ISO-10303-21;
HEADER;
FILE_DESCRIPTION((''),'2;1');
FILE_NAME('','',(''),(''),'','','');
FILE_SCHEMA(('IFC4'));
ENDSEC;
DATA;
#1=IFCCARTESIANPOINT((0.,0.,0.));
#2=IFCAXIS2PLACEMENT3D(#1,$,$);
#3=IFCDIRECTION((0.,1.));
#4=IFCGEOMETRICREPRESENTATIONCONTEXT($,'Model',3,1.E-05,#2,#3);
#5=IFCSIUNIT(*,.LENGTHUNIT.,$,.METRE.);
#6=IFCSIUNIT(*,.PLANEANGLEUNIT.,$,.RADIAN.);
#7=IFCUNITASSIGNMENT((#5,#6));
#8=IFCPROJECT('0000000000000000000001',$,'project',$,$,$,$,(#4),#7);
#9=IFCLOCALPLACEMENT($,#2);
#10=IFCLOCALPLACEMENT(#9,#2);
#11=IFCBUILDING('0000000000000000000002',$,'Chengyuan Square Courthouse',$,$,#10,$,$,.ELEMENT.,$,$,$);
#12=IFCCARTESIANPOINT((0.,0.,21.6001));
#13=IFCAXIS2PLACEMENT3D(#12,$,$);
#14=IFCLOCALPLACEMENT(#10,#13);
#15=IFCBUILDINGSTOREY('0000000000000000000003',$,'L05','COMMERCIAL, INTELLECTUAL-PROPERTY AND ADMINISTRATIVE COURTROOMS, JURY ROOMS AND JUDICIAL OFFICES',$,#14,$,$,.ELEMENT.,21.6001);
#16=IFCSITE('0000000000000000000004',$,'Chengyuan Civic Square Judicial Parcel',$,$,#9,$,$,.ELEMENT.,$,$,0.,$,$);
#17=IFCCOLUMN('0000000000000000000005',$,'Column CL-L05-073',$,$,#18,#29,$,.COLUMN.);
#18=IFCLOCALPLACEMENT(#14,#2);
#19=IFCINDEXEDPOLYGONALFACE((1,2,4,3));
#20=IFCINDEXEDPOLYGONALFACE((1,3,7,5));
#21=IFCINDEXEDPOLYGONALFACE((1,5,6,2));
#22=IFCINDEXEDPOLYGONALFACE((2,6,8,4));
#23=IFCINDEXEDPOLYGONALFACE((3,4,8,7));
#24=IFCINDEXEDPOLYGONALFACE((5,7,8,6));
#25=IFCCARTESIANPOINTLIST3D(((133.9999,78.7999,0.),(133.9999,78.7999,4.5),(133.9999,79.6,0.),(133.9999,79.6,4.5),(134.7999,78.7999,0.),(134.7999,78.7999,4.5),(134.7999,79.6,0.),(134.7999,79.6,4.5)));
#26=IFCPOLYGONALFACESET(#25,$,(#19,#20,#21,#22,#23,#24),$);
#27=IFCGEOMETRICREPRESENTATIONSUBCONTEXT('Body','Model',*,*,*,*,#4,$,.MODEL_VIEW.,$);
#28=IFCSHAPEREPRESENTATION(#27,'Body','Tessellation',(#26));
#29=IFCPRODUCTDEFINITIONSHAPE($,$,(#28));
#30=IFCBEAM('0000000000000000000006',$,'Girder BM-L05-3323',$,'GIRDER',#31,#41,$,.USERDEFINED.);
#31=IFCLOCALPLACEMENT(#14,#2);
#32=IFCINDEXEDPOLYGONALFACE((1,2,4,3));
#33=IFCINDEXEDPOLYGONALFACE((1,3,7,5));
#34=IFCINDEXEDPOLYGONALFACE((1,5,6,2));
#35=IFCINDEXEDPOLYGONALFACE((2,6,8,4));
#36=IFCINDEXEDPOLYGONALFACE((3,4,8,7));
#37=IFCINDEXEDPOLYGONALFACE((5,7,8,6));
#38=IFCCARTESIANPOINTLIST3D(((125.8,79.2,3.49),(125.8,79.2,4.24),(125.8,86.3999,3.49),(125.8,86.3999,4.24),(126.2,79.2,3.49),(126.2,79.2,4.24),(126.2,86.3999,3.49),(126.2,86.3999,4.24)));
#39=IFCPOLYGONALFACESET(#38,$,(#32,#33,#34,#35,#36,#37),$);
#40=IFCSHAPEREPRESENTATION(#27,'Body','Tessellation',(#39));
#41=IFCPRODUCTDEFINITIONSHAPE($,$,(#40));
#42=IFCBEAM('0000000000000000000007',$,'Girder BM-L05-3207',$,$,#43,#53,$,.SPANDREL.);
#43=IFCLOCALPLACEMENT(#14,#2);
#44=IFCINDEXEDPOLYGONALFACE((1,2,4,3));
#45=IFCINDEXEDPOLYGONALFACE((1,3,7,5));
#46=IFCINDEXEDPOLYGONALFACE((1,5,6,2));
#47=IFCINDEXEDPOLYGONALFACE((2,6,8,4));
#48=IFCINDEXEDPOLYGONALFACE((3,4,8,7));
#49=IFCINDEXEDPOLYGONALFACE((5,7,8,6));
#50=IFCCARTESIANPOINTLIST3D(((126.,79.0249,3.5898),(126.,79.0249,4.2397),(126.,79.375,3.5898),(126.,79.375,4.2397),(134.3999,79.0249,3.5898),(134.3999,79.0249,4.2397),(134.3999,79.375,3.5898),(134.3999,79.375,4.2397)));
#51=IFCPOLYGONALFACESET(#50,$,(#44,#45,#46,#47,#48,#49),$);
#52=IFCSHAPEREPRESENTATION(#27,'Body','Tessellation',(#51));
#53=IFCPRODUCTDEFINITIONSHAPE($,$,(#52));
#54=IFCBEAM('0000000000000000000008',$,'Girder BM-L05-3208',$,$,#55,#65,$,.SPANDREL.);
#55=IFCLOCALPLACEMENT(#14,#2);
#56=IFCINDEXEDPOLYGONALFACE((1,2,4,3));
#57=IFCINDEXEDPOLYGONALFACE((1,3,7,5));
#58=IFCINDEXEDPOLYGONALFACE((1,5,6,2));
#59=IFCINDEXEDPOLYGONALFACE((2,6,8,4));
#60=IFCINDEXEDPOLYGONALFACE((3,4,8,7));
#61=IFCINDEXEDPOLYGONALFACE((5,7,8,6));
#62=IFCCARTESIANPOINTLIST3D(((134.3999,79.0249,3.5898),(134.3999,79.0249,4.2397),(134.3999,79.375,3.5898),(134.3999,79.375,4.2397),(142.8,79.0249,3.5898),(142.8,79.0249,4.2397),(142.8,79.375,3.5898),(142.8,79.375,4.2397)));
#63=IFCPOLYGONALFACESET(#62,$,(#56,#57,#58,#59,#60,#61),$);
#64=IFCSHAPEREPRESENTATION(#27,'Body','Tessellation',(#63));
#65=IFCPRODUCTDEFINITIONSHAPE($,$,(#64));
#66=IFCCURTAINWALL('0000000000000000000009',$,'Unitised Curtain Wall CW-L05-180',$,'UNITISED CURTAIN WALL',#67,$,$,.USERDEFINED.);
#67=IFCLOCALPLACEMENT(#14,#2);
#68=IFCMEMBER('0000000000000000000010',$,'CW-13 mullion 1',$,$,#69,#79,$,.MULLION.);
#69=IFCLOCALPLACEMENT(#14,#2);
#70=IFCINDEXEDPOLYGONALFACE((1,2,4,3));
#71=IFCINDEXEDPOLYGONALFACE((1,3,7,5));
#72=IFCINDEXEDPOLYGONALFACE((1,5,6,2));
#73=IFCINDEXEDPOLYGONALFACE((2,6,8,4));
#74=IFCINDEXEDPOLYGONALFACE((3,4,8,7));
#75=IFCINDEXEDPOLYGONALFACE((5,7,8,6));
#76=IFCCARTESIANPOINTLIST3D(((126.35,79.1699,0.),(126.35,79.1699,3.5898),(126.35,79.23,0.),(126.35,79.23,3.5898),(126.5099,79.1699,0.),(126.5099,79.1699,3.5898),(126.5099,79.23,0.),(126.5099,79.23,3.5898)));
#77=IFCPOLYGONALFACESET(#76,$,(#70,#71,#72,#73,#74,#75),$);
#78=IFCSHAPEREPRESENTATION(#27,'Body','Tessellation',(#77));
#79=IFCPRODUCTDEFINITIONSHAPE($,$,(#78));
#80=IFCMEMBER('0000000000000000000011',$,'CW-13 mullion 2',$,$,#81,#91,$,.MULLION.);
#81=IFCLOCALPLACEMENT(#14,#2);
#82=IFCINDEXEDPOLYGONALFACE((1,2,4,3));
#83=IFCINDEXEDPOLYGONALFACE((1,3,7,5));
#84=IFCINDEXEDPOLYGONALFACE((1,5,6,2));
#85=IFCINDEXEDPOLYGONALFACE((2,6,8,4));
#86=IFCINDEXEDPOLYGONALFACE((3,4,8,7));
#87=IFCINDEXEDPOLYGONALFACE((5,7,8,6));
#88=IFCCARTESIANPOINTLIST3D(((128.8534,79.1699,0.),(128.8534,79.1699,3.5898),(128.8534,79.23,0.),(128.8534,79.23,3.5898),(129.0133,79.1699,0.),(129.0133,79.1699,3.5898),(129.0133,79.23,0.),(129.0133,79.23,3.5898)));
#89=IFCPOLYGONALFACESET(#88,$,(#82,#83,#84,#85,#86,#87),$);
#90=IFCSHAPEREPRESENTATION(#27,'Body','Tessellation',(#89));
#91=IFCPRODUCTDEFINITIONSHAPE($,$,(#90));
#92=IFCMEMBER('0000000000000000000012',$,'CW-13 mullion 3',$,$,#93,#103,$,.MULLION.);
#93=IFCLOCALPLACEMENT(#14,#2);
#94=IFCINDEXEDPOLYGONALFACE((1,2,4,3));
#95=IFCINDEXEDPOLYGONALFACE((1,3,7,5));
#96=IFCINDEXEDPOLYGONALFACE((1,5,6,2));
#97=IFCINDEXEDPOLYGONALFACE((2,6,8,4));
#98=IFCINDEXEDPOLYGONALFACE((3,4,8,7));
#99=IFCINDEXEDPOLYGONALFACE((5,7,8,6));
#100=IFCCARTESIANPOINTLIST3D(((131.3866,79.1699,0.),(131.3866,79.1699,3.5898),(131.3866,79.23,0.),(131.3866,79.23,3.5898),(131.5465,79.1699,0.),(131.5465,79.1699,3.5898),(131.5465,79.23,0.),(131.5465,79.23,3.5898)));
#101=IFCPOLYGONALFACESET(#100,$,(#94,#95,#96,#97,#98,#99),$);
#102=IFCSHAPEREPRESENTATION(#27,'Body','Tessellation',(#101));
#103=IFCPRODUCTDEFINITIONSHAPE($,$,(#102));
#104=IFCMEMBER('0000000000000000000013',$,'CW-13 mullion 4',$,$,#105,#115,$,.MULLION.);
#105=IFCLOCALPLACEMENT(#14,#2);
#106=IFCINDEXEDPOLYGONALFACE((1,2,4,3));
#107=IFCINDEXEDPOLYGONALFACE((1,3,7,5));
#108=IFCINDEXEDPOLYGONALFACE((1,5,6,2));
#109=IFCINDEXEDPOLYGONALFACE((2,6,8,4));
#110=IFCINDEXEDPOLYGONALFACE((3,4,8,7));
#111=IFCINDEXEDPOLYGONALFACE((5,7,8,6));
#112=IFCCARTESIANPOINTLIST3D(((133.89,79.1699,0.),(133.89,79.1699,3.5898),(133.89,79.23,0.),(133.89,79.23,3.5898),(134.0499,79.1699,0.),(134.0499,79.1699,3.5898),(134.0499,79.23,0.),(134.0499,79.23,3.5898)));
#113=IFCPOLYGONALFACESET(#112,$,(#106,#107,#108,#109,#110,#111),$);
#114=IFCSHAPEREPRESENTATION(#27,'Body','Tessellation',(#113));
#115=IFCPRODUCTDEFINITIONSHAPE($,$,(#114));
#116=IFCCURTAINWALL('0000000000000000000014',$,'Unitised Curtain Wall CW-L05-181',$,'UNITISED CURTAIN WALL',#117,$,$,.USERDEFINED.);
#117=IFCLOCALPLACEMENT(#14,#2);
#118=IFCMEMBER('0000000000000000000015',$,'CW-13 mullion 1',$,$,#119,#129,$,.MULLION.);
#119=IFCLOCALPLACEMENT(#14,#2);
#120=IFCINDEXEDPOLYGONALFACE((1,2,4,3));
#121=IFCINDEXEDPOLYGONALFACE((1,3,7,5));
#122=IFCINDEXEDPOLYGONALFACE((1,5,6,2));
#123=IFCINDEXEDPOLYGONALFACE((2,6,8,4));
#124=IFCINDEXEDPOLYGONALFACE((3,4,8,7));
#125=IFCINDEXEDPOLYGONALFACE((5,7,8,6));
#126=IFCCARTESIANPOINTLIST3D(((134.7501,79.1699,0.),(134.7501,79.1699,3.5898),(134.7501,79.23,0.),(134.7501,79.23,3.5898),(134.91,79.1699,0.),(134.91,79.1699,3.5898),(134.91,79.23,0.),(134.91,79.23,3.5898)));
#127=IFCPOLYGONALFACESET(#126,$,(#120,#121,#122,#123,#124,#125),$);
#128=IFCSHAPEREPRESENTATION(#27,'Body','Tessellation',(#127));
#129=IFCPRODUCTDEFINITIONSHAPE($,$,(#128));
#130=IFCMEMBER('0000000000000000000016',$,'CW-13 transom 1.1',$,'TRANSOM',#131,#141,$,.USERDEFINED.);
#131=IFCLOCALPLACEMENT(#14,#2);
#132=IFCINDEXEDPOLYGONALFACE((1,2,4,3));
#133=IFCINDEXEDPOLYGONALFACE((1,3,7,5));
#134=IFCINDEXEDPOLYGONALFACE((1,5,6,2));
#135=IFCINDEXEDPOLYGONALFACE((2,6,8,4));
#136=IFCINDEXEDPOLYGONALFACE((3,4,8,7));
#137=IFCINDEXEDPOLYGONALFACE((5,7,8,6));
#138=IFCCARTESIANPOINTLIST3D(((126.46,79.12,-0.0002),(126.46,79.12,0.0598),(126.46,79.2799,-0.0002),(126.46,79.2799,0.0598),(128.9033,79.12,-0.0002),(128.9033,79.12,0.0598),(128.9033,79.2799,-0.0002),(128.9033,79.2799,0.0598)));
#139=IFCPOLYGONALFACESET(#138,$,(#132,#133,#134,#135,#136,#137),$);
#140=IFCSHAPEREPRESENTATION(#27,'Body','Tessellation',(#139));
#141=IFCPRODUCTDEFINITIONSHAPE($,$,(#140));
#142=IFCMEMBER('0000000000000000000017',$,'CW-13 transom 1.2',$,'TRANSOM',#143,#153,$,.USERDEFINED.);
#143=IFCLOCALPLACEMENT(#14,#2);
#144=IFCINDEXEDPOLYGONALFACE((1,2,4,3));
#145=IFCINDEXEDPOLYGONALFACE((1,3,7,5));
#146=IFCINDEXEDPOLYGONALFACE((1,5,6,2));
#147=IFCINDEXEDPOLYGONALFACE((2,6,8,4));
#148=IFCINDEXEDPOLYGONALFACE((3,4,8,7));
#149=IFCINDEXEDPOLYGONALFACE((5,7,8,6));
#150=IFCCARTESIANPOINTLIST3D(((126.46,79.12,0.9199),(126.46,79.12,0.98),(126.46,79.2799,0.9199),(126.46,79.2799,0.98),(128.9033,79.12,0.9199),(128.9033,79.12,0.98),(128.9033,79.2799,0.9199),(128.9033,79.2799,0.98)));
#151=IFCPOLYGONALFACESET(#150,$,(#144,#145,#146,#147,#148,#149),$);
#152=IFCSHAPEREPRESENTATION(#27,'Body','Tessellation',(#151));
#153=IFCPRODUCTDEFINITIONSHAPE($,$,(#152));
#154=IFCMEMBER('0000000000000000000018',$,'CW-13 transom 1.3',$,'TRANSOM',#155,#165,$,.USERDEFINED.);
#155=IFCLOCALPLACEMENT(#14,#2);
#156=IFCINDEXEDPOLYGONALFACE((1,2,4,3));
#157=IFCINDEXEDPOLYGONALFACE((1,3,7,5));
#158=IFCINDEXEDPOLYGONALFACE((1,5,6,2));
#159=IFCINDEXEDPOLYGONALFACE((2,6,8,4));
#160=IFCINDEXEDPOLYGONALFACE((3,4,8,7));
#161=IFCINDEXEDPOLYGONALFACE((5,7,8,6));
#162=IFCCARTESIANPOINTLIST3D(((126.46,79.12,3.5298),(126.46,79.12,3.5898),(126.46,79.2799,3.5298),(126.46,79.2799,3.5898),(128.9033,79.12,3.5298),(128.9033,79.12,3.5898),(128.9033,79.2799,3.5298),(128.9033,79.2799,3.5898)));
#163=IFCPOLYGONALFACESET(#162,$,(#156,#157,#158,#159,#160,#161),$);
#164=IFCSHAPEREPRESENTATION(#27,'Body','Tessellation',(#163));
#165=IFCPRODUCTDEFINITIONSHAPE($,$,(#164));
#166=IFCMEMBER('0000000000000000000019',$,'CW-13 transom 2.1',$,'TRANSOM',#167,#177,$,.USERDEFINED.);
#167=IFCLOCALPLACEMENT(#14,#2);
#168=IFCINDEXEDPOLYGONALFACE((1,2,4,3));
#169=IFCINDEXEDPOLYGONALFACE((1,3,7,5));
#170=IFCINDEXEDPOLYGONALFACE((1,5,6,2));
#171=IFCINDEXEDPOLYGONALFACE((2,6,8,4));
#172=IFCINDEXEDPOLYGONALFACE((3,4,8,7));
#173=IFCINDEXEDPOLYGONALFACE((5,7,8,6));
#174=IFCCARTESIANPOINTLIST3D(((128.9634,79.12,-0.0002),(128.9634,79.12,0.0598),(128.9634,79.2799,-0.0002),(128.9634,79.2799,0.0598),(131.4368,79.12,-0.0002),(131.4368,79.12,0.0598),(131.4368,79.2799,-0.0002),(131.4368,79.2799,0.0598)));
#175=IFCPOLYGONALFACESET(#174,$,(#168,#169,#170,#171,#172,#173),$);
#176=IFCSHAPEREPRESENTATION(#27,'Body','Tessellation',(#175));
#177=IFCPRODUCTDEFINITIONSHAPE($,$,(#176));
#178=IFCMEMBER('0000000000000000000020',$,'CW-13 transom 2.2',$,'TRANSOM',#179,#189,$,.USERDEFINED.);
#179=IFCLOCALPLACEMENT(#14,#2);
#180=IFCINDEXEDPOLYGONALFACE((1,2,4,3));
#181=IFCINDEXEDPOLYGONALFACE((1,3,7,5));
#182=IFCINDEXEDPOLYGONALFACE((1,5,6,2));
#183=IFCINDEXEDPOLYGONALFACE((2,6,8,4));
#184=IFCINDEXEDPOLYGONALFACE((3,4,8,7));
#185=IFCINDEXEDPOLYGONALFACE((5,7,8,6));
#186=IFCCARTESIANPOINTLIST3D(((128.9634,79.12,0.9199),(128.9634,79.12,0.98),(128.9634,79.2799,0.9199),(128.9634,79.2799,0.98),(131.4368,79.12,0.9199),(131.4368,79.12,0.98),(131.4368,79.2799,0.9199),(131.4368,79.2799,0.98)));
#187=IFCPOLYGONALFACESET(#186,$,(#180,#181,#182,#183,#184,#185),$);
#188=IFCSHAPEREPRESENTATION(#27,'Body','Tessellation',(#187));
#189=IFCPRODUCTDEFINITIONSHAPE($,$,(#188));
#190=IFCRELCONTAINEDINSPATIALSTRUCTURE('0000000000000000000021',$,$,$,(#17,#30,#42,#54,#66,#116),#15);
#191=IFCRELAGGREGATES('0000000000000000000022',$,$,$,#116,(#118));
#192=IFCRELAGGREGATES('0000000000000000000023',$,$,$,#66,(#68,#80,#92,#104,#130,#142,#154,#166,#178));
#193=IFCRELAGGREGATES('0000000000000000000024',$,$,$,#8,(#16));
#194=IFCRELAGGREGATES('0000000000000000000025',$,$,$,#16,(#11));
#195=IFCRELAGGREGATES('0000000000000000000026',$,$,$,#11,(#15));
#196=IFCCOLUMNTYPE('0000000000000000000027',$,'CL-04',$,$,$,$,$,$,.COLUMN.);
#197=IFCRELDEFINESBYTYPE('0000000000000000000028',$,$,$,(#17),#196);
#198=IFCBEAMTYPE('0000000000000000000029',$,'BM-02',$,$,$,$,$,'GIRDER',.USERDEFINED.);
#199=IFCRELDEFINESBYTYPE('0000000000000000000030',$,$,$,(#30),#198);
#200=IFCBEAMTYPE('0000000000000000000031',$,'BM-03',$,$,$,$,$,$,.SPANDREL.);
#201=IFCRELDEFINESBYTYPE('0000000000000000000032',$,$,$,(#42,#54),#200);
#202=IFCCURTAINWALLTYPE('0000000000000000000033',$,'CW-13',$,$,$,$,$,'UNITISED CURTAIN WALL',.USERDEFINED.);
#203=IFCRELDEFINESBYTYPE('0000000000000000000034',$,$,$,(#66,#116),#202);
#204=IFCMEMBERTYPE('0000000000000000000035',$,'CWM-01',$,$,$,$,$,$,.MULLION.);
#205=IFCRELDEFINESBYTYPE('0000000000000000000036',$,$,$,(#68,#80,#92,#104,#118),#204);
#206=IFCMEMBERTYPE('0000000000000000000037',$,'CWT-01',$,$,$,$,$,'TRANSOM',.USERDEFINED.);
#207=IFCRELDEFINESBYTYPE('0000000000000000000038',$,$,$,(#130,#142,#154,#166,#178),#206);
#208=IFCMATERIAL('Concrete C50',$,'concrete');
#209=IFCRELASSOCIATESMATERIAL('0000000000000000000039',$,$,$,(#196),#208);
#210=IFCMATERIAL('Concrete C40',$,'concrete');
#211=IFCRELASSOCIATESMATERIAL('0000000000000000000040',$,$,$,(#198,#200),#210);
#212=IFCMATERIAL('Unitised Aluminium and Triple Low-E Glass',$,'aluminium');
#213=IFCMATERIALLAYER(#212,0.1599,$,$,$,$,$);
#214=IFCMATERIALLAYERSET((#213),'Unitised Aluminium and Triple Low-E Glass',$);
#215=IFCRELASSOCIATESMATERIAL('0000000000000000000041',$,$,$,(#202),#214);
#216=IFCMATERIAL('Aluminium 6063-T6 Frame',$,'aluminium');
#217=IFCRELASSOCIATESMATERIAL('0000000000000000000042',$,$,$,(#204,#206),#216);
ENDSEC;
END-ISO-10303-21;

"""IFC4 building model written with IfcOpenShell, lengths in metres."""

from ifc_helpers import new_model, si_unit, direction, frame, origin, origin_2d, place, context, subcontext, project, spatial, rectangle, extrude, material, layer, layer_set, material_profile, profile_set, type_object, element, aggregate, save


model = new_model("IFC4")

# Units and contexts
model_context = context("Model", 3, precision=1e-05, world=origin(), true_north=direction((0.0, 1.0)))
body_context = subcontext(model_context, "Body", "Model", "MODEL_VIEW")
ifc_project = project(units=[si_unit("LENGTHUNIT", "METRE"), si_unit("PLANEANGLEUNIT", "RADIAN")], contexts=[model_context])

# Site, building, storey
site_placement = place(None, origin())
site = spatial("IfcSite", under=ifc_project, at=site_placement, Name="Chengyuan Civic Square Judicial Parcel", CompositionType="ELEMENT", RefElevation=0.0)
building_placement = place(site_placement, origin())
building = spatial("IfcBuilding", under=site, at=building_placement, Name="Chengyuan Square Courthouse", CompositionType="ELEMENT")
storey_placement = place(building_placement, frame((0.0, 0.0, 21.6001)))
storey = spatial("IfcBuildingStorey", under=building, at=storey_placement, Name="L05", Description="COMMERCIAL, INTELLECTUAL-PROPERTY AND ADMINISTRATIVE COURTROOMS, JURY ROOMS AND JUDICIAL OFFICES", CompositionType="ELEMENT", Elevation=21.6001)

# Column
ifc_material_1 = material(Name="Concrete C50", Category="concrete")
ifc_material_profile_1 = material_profile(ifc_material_1, rectangle(XDim=0.8, YDim=0.8, at=origin_2d()), Name="RC-COL-800x800")
ifc_profile_set_1 = profile_set([ifc_material_profile_1], Name="Concrete C50")
column_type = type_object("IfcColumnType", Name="CL-04", PredefinedType="COLUMN", material=ifc_profile_set_1)
column_placement = place(storey_placement, frame((134.3999, 79.2, 0.0), z_axis=(0.0, 0.0, 1.0), x_axis=(1.0, 0.0, 0.0)))
element("IfcColumn", 1, at=column_placement, inside=storey, type_object=column_type, Name="Column CL-L05-073", PredefinedType="COLUMN", context=body_context, shape_type="SweptSolid", body=[
    extrude(rectangle(XDim=0.8, YDim=0.8, at=origin_2d()), origin(), (0.0, 0.0, 1.0), 4.5),
])

# Beams
ifc_material_2 = material(Name="Concrete C40", Category="concrete")
ifc_material_profile_2 = material_profile(ifc_material_2, rectangle(XDim=0.3999, YDim=0.75, at=origin_2d()), Name="RC-BM-400x750")
ifc_profile_set_2 = profile_set([ifc_material_profile_2], Name="Concrete C40")
beam_type_1 = type_object("IfcBeamType", Name="BM-02", ElementType="GIRDER", PredefinedType="USERDEFINED", material=ifc_profile_set_2)
beam_1_placement = place(storey_placement, frame((126.0, 79.2, 3.865), z_axis=(0.0, 1.0, 0.0), x_axis=(-1.0, 0.0, 0.0)))
element("IfcBeam", 2, at=beam_1_placement, inside=storey, type_object=beam_type_1, Name="Girder BM-L05-3323", ObjectType="GIRDER", PredefinedType="USERDEFINED", context=body_context, shape_type="SweptSolid", body=[
    extrude(rectangle(XDim=0.3999, YDim=0.75, at=origin_2d()), origin(), (0.0, 0.0, 1.0), 7.2),
])
ifc_material_profile_3 = material_profile(ifc_material_2, rectangle(XDim=0.3501, YDim=0.6499, at=origin_2d()), Name="RC-BM-350x650")
ifc_profile_set_3 = profile_set([ifc_material_profile_3], Name="Concrete C40")
beam_type_2 = type_object("IfcBeamType", Name="BM-03", PredefinedType="SPANDREL", material=ifc_profile_set_3)
beam_2_placement = place(storey_placement, frame((126.0, 79.2, 3.9148), z_axis=(1.0, 0.0, 0.0), x_axis=(0.0, 1.0, 0.0)))
element("IfcBeam", 3, at=beam_2_placement, inside=storey, type_object=beam_type_2, Name="Girder BM-L05-3207", PredefinedType="SPANDREL", context=body_context, shape_type="SweptSolid", body=[
    extrude(rectangle(XDim=0.3501, YDim=0.6499, at=origin_2d()), origin(), (0.0, 0.0, 1.0), 8.3999),
])
beam_3_placement = place(storey_placement, frame((134.3999, 79.2, 3.9148), z_axis=(1.0, 0.0, 0.0), x_axis=(0.0, 1.0, 0.0)))
element("IfcBeam", 4, at=beam_3_placement, inside=storey, type_object=beam_type_2, Name="Girder BM-L05-3208", PredefinedType="SPANDREL", context=body_context, shape_type="SweptSolid", body=[
    extrude(rectangle(XDim=0.3501, YDim=0.6499, at=origin_2d()), origin(), (0.0, 0.0, 1.0), 8.4001),
])

# Curtain wall, members
ifc_material_3 = material(Name="Unitised Aluminium and Triple Low-E Glass", Category="aluminium")
ifc_layer_1 = layer(ifc_material_3, 0.1599)
ifc_layer_set_1 = layer_set([ifc_layer_1], Name="Unitised Aluminium and Triple Low-E Glass")
curtain_wall_type = type_object("IfcCurtainWallType", Name="CW-13", ElementType="UNITISED CURTAIN WALL", PredefinedType="USERDEFINED", material=ifc_layer_set_1)
curtain_wall_1_placement = place(storey_placement, origin())
curtain_wall_1 = element("IfcCurtainWall", 5, at=curtain_wall_1_placement, inside=storey, type_object=curtain_wall_type, Name="Unitised Curtain Wall CW-L05-180", ObjectType="UNITISED CURTAIN WALL", PredefinedType="USERDEFINED")
ifc_material_4 = material(Name="Aluminium 6063-T6 Frame", Category="aluminium")
ifc_material_profile_4 = material_profile(ifc_material_4, rectangle(XDim=0.0601, YDim=0.1599, at=origin_2d()), Name="CW-MUL-60x160")
ifc_profile_set_4 = profile_set([ifc_material_profile_4], Name="Aluminium 6063-T6 Frame")
member_type_1 = type_object("IfcMemberType", Name="CWM-01", PredefinedType="MULLION", material=ifc_profile_set_4)
member_1_placement = place(storey_placement, frame((126.4299, 79.2, 0.0), z_axis=(0.0, 0.0, 1.0), x_axis=(0.0, 1.0, 0.0)))
member_1 = element("IfcMember", 6, at=member_1_placement, type_object=member_type_1, Name="CW-13 mullion 1", PredefinedType="MULLION", context=body_context, shape_type="SweptSolid", body=[
    extrude(rectangle(XDim=0.0601, YDim=0.1599, at=origin_2d()), origin(), (0.0, 0.0, 1.0), 3.5898),
])
member_2_placement = place(storey_placement, frame((128.9333, 79.2, 0.0), z_axis=(0.0, 0.0, 1.0), x_axis=(0.0, 1.0, 0.0)))
member_2 = element("IfcMember", 7, at=member_2_placement, type_object=member_type_1, Name="CW-13 mullion 2", PredefinedType="MULLION", context=body_context, shape_type="SweptSolid", body=[
    extrude(rectangle(XDim=0.0601, YDim=0.1599, at=origin_2d()), origin(), (0.0, 0.0, 1.0), 3.5898),
])
member_3_placement = place(storey_placement, frame((131.4666, 79.2, 0.0), z_axis=(0.0, 0.0, 1.0), x_axis=(0.0, 1.0, 0.0)))
member_3 = element("IfcMember", 8, at=member_3_placement, type_object=member_type_1, Name="CW-13 mullion 3", PredefinedType="MULLION", context=body_context, shape_type="SweptSolid", body=[
    extrude(rectangle(XDim=0.0601, YDim=0.1599, at=origin_2d()), origin(), (0.0, 0.0, 1.0), 3.5898),
])
member_4_placement = place(storey_placement, frame((133.97, 79.2, 0.0), z_axis=(0.0, 0.0, 1.0), x_axis=(0.0, 1.0, 0.0)))
member_4 = element("IfcMember", 9, at=member_4_placement, type_object=member_type_1, Name="CW-13 mullion 4", PredefinedType="MULLION", context=body_context, shape_type="SweptSolid", body=[
    extrude(rectangle(XDim=0.0601, YDim=0.1599, at=origin_2d()), origin(), (0.0, 0.0, 1.0), 3.5898),
])

# Curtain wall, member
curtain_wall_2_placement = place(storey_placement, origin())
curtain_wall_2 = element("IfcCurtainWall", 10, at=curtain_wall_2_placement, inside=storey, type_object=curtain_wall_type, Name="Unitised Curtain Wall CW-L05-181", ObjectType="UNITISED CURTAIN WALL", PredefinedType="USERDEFINED")
member_5_placement = place(storey_placement, frame((134.8301, 79.2, 0.0), z_axis=(0.0, 0.0, 1.0), x_axis=(0.0, 1.0, 0.0)))
member_5 = element("IfcMember", 11, at=member_5_placement, type_object=member_type_1, Name="CW-13 mullion 1", PredefinedType="MULLION", context=body_context, shape_type="SweptSolid", body=[
    extrude(rectangle(XDim=0.0601, YDim=0.1599, at=origin_2d()), origin(), (0.0, 0.0, 1.0), 3.5898),
])

# Members
ifc_material_profile_5 = material_profile(ifc_material_4, rectangle(XDim=0.1599, YDim=0.0601, at=origin_2d()), Name="CW-TRN-60x120")
ifc_profile_set_5 = profile_set([ifc_material_profile_5], Name="Aluminium 6063-T6 Frame")
member_type_2 = type_object("IfcMemberType", Name="CWT-01", ElementType="TRANSOM", PredefinedType="USERDEFINED", material=ifc_profile_set_5)
member_6_placement = place(storey_placement, frame((126.46, 79.2, 0.0298), z_axis=(1.0, 0.0, 0.0), x_axis=(0.0, 1.0, 0.0)))
member_6 = element("IfcMember", 12, at=member_6_placement, type_object=member_type_2, Name="CW-13 transom 1.1", ObjectType="TRANSOM", PredefinedType="USERDEFINED", context=body_context, shape_type="SweptSolid", body=[
    extrude(rectangle(XDim=0.1599, YDim=0.0601, at=origin_2d()), origin(), (0.0, 0.0, 1.0), 2.4434),
])
member_7_placement = place(storey_placement, frame((126.46, 79.2, 0.95), z_axis=(1.0, 0.0, 0.0), x_axis=(0.0, 1.0, 0.0)))
member_7 = element("IfcMember", 13, at=member_7_placement, type_object=member_type_2, Name="CW-13 transom 1.2", ObjectType="TRANSOM", PredefinedType="USERDEFINED", context=body_context, shape_type="SweptSolid", body=[
    extrude(rectangle(XDim=0.1599, YDim=0.0601, at=origin_2d()), origin(), (0.0, 0.0, 1.0), 2.4434),
])
member_8_placement = place(storey_placement, frame((126.46, 79.2, 3.5598), z_axis=(1.0, 0.0, 0.0), x_axis=(0.0, 1.0, 0.0)))
member_8 = element("IfcMember", 14, at=member_8_placement, type_object=member_type_2, Name="CW-13 transom 1.3", ObjectType="TRANSOM", PredefinedType="USERDEFINED", context=body_context, shape_type="SweptSolid", body=[
    extrude(rectangle(XDim=0.1599, YDim=0.0601, at=origin_2d()), origin(), (0.0, 0.0, 1.0), 2.4434),
])
member_9_placement = place(storey_placement, frame((128.9634, 79.2, 0.0298), z_axis=(1.0, 0.0, 0.0), x_axis=(0.0, 1.0, 0.0)))
member_9 = element("IfcMember", 15, at=member_9_placement, type_object=member_type_2, Name="CW-13 transom 2.1", ObjectType="TRANSOM", PredefinedType="USERDEFINED", context=body_context, shape_type="SweptSolid", body=[
    extrude(rectangle(XDim=0.1599, YDim=0.0601, at=origin_2d()), origin(), (0.0, 0.0, 1.0), 2.4734),
])
member_10_placement = place(storey_placement, frame((128.9634, 79.2, 0.95), z_axis=(1.0, 0.0, 0.0), x_axis=(0.0, 1.0, 0.0)))
member_10 = element("IfcMember", 16, at=member_10_placement, type_object=member_type_2, Name="CW-13 transom 2.2", ObjectType="TRANSOM", PredefinedType="USERDEFINED", context=body_context, shape_type="SweptSolid", body=[
    extrude(rectangle(XDim=0.1599, YDim=0.0601, at=origin_2d()), origin(), (0.0, 0.0, 1.0), 2.4734),
])
aggregate(curtain_wall_2, [member_5])

aggregate(curtain_wall_1, [member_1, member_2, member_3, member_4, member_6, member_7, member_8, member_9, member_10])

save(model, "model.ifc")
